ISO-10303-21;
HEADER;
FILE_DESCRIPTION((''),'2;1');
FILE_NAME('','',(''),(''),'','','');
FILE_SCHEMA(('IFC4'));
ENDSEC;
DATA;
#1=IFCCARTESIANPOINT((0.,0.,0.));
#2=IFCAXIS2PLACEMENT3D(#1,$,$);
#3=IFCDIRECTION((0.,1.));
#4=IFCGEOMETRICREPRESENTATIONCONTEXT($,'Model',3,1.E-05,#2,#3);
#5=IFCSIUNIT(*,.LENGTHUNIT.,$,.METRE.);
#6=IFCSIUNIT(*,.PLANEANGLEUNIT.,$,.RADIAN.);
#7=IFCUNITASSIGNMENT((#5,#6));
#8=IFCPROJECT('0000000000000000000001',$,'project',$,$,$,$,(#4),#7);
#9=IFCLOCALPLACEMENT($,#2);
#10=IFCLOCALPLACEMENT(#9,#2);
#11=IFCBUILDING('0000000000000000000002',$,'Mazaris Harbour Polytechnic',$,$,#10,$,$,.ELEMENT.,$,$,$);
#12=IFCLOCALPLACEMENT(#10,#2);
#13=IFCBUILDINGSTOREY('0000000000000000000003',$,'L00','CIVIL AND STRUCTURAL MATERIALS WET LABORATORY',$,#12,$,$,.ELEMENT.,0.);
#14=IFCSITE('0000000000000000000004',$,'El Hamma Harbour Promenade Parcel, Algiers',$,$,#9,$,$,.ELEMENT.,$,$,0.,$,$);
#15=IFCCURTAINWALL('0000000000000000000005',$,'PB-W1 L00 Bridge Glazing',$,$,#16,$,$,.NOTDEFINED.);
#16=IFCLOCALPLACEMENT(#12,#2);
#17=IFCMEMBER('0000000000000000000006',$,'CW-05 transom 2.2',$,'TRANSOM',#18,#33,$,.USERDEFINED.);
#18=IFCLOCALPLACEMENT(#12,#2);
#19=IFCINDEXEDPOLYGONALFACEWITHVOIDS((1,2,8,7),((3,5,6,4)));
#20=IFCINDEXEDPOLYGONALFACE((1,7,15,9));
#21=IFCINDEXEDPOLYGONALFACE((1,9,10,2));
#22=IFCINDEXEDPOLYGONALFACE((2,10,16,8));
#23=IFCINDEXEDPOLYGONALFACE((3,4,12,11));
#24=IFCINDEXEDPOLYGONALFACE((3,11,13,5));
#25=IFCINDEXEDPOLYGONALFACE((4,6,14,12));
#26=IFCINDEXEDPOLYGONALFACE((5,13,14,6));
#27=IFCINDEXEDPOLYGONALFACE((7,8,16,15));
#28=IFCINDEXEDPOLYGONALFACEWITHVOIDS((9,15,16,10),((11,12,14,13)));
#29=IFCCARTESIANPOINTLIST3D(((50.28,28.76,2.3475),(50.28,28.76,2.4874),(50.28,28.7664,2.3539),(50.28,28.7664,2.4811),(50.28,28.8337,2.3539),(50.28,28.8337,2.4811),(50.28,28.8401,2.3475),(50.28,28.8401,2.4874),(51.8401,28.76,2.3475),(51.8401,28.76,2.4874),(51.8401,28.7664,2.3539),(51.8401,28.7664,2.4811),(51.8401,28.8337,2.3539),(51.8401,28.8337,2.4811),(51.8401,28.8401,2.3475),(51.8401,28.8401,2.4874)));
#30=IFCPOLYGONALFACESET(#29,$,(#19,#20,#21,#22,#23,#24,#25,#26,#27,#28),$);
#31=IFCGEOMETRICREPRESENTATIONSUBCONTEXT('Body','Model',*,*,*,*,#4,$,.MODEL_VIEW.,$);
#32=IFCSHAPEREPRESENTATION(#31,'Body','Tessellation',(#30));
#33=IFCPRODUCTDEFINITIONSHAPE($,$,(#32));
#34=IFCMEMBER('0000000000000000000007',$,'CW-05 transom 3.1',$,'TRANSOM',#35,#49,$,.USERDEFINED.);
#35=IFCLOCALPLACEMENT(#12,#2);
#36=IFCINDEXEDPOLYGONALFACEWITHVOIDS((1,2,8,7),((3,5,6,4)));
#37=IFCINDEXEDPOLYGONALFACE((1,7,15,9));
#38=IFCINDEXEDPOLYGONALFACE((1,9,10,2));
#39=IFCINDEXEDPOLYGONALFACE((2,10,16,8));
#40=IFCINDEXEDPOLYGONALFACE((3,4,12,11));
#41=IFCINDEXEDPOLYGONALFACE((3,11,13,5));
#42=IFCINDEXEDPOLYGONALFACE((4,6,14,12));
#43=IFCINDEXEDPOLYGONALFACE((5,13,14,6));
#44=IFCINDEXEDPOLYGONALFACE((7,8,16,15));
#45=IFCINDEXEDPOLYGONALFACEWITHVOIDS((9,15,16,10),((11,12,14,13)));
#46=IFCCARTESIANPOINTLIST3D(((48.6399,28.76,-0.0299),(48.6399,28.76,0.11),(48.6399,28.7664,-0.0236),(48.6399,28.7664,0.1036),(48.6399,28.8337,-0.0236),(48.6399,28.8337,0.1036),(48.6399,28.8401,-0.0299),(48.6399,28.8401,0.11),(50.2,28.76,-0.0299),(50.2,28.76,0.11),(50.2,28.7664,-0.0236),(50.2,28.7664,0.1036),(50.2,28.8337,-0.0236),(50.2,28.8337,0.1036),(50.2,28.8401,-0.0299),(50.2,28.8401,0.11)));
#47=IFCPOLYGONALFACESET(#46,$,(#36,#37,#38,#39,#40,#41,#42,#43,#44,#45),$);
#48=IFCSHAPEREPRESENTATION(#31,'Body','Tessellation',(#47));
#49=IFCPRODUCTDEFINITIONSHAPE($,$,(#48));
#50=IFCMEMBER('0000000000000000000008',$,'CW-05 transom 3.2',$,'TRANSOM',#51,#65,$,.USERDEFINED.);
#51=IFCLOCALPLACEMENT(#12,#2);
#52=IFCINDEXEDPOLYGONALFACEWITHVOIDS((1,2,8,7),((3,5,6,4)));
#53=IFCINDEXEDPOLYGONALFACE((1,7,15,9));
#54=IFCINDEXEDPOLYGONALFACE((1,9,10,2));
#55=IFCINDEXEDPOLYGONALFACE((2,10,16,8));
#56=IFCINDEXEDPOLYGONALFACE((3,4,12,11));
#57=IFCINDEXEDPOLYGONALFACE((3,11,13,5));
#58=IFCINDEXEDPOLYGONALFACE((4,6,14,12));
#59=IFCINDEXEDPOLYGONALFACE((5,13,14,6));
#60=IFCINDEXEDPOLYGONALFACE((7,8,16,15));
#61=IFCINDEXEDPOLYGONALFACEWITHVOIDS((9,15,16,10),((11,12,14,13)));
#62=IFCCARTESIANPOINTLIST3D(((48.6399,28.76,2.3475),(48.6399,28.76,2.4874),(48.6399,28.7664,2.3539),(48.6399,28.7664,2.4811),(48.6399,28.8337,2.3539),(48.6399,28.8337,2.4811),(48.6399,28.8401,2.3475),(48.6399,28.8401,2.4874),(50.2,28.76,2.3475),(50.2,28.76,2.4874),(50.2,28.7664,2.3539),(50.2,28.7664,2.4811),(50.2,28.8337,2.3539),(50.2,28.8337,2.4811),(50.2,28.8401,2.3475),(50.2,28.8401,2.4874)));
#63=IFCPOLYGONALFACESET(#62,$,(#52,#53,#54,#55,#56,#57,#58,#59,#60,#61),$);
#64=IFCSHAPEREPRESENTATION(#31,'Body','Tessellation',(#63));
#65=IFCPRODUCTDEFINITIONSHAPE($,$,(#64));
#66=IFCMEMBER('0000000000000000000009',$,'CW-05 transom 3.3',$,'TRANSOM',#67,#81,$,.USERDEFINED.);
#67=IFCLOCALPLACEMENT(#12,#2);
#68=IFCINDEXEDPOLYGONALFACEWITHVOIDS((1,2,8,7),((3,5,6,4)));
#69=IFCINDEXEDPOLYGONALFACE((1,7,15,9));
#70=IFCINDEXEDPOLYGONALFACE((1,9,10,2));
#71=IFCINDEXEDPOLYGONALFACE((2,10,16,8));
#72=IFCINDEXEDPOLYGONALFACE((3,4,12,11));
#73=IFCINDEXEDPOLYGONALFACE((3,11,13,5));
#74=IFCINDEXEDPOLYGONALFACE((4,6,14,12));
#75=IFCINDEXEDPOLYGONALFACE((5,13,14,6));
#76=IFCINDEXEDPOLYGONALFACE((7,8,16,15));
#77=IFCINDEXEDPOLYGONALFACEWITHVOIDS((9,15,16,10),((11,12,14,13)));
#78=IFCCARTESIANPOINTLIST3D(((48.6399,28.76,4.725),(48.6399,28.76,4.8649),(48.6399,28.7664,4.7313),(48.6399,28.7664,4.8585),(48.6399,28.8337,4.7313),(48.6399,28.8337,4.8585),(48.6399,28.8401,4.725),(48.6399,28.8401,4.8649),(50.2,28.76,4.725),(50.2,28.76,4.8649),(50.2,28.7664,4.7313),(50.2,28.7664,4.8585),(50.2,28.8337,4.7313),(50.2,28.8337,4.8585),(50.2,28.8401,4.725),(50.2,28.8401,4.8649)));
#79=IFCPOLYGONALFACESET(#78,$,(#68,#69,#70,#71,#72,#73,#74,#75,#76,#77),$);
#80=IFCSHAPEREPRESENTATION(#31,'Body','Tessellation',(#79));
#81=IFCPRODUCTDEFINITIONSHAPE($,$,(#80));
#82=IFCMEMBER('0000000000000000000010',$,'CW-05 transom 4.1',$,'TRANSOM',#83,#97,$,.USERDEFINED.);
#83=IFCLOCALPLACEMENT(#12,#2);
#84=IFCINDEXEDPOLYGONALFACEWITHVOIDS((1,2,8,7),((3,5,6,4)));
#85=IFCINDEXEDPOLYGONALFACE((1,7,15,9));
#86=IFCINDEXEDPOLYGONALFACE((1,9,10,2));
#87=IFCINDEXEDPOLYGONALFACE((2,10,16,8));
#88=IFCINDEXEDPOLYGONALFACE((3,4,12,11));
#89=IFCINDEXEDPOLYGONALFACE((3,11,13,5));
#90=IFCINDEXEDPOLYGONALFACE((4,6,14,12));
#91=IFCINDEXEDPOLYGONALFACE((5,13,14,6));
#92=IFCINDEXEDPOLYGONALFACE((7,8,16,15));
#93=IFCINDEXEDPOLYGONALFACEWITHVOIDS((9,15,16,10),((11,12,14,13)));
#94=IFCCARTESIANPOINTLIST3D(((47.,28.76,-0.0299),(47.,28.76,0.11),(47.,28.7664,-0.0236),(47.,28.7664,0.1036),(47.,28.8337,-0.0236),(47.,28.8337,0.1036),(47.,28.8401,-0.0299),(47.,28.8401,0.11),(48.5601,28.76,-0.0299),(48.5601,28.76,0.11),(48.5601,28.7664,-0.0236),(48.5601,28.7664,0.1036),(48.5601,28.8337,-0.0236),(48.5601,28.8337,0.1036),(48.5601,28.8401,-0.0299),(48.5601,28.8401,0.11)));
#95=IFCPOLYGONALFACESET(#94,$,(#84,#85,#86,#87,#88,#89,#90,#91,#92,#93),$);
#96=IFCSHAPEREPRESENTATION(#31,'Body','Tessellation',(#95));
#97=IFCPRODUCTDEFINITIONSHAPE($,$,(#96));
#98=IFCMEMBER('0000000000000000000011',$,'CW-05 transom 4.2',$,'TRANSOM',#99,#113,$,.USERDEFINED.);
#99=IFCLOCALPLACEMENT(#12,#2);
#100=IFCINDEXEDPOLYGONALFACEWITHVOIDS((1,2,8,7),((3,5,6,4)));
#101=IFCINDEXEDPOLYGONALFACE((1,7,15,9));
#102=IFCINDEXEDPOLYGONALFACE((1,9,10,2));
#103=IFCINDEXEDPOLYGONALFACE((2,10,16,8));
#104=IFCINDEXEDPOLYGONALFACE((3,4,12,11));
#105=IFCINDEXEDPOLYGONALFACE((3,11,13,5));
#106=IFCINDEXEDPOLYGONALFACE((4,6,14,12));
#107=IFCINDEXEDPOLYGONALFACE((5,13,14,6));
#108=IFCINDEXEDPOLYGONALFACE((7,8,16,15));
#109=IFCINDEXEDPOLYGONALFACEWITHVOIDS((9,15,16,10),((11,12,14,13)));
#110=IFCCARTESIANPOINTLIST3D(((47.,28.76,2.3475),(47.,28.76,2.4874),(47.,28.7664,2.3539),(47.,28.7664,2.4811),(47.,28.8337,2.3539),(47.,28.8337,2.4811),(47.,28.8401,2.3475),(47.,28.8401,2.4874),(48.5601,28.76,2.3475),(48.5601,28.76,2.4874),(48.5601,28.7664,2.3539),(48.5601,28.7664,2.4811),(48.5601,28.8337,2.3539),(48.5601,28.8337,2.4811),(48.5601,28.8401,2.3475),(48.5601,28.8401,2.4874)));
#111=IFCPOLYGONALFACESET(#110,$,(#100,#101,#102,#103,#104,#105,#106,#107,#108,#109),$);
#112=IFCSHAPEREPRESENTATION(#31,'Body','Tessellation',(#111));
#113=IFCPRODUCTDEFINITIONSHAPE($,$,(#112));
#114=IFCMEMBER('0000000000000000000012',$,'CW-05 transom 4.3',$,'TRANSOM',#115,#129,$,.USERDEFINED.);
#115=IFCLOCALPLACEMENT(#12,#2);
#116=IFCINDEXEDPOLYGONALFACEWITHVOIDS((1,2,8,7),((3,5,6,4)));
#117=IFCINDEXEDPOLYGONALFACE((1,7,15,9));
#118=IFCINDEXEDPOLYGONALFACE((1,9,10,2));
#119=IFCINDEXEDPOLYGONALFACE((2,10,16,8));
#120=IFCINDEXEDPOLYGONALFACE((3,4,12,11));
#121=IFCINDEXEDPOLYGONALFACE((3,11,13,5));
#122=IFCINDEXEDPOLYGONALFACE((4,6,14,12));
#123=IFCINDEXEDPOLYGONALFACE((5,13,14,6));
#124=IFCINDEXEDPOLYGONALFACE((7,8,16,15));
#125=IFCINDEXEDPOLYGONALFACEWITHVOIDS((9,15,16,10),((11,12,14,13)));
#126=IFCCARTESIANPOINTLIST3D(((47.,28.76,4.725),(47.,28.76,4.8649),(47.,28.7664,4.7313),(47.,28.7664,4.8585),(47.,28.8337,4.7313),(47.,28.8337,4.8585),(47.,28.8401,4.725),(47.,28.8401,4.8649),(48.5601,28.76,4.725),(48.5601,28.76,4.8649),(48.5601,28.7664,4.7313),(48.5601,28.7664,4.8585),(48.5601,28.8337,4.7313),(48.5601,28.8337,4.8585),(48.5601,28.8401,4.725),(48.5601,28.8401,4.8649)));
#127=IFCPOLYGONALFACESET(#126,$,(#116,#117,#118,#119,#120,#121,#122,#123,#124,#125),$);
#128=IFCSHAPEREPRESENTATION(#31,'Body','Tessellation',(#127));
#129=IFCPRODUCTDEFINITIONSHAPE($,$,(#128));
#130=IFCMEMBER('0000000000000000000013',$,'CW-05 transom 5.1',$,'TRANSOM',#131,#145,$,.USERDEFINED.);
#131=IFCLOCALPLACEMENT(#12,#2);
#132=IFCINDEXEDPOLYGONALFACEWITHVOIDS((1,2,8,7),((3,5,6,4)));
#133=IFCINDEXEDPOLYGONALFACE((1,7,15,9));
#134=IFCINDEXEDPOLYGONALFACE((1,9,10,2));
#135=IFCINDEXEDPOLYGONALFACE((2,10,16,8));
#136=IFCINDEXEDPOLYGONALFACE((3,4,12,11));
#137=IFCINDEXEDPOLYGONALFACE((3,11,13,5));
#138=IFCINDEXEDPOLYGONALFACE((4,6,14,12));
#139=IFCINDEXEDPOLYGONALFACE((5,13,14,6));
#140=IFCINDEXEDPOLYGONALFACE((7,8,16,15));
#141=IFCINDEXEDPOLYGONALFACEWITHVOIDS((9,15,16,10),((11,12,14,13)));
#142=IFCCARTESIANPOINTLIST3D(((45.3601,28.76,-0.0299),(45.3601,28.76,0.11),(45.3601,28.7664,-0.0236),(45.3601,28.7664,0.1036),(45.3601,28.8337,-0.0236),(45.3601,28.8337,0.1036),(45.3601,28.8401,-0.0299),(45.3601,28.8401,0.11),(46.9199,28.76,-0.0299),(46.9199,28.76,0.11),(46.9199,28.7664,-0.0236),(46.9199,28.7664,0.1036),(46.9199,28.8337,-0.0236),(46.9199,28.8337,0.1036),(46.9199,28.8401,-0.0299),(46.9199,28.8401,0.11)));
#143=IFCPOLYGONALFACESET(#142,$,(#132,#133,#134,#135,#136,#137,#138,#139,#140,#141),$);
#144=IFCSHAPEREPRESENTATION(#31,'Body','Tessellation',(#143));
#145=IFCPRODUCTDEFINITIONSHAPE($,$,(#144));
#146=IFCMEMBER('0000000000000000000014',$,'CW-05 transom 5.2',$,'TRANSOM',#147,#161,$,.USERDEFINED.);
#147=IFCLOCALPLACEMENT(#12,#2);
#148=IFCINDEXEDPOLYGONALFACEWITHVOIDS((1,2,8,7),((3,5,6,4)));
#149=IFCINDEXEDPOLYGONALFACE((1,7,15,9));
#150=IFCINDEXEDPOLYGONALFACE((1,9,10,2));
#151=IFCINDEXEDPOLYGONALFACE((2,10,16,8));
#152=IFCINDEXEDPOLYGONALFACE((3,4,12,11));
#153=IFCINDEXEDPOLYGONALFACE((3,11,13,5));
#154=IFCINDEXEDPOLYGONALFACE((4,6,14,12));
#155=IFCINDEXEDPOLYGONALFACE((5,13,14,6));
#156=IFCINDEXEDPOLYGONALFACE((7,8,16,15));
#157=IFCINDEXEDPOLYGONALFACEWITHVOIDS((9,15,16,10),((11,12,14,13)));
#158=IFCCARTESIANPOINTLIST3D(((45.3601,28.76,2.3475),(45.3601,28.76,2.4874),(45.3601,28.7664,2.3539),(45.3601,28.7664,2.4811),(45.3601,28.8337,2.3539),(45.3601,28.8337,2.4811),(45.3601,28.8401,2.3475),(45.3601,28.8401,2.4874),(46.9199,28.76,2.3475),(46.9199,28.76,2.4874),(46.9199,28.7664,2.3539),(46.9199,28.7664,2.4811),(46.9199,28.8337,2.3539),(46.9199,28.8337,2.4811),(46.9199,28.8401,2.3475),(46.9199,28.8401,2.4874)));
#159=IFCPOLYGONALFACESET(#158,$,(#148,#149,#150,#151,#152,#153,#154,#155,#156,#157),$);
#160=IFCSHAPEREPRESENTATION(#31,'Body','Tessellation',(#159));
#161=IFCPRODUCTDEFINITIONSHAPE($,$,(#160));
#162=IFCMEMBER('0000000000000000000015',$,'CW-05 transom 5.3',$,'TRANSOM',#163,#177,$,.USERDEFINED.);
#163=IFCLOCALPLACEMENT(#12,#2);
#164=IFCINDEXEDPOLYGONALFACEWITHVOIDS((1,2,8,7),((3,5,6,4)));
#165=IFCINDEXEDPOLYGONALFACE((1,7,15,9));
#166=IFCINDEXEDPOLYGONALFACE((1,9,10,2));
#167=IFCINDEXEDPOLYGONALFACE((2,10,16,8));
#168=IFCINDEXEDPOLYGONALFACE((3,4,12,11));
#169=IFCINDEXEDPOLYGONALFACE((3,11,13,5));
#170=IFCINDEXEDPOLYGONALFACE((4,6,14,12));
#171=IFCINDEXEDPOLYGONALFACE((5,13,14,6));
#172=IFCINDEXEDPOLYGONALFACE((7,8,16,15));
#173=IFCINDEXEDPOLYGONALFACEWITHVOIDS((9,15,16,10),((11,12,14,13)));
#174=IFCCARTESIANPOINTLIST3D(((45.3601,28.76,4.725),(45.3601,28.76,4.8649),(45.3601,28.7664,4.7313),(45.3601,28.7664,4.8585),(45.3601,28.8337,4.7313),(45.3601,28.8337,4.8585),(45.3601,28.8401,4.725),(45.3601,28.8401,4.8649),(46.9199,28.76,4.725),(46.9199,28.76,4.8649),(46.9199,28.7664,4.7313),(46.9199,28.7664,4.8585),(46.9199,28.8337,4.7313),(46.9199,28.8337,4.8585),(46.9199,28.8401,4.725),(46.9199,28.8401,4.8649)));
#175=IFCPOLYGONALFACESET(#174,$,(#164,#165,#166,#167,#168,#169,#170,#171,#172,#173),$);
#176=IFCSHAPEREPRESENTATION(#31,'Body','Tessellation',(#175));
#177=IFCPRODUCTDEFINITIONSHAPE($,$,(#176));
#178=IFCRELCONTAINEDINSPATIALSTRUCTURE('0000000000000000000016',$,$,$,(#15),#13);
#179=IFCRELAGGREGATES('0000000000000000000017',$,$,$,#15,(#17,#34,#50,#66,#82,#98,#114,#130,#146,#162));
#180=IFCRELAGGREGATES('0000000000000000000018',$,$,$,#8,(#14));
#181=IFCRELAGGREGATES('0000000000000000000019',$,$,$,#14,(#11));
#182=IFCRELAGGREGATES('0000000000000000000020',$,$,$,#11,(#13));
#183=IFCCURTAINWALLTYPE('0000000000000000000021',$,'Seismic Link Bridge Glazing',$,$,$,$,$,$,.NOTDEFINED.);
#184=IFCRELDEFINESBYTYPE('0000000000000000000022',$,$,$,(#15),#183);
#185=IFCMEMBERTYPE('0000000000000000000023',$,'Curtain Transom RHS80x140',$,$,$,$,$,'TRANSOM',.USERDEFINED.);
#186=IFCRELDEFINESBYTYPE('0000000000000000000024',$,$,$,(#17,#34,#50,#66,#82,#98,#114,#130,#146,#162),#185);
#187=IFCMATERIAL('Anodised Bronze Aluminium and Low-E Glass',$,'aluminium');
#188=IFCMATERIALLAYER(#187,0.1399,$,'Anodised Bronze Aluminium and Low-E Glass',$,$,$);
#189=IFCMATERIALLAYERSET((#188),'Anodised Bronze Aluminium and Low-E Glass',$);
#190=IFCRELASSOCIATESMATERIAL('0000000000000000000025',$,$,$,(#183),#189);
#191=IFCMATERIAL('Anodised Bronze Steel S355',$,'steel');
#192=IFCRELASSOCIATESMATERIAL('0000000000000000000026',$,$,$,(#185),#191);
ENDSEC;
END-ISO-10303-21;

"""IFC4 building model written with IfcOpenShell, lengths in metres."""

from ifc_helpers import new_model, si_unit, direction, frame, origin, origin_2d, place, context, subcontext, project, spatial, hollow_rectangle, extrude, material, layer, layer_set, material_profile, profile_set, type_object, element, aggregate, save


model = new_model("IFC4")

# Units and contexts
model_context = context("Model", 3, precision=1e-05, world=origin(), true_north=direction((0.0, 1.0)))
body_context = subcontext(model_context, "Body", "Model", "MODEL_VIEW")
ifc_project = project(units=[si_unit("LENGTHUNIT", "METRE"), si_unit("PLANEANGLEUNIT", "RADIAN")], contexts=[model_context])

# Site, building, storey
site_placement = place(None, origin())
site = spatial("IfcSite", under=ifc_project, at=site_placement, Name="El Hamma Harbour Promenade Parcel, Algiers", CompositionType="ELEMENT", RefElevation=0.0)
building_placement = place(site_placement, origin())
building = spatial("IfcBuilding", under=site, at=building_placement, Name="Mazaris Harbour Polytechnic", CompositionType="ELEMENT")
storey_placement = place(building_placement, origin())
storey = spatial("IfcBuildingStorey", under=building, at=storey_placement, Name="L00", Description="CIVIL AND STRUCTURAL MATERIALS WET LABORATORY", CompositionType="ELEMENT", Elevation=0.0)

# Curtain wall, members
ifc_material_1 = material(Name="Anodised Bronze Aluminium and Low-E Glass", Category="aluminium")
ifc_layer_1 = layer(ifc_material_1, 0.1399, Name="Anodised Bronze Aluminium and Low-E Glass")
ifc_layer_set_1 = layer_set([ifc_layer_1], Name="Anodised Bronze Aluminium and Low-E Glass")
curtain_wall_type = type_object("IfcCurtainWallType", Name="Seismic Link Bridge Glazing", PredefinedType="NOTDEFINED", material=ifc_layer_set_1)
curtain_wall_placement = place(storey_placement, origin())
curtain_wall = element("IfcCurtainWall", 1, at=curtain_wall_placement, inside=storey, type_object=curtain_wall_type, Name="PB-W1 L00 Bridge Glazing", PredefinedType="NOTDEFINED")
ifc_material_2 = material(Name="Anodised Bronze Steel S355", Category="steel")
ifc_material_profile_1 = material_profile(ifc_material_2, hollow_rectangle(XDim=0.0801, YDim=0.1399, WallThickness=0.0063, at=origin_2d()), Name="RHS 80x140x6.3")
ifc_profile_set_1 = profile_set([ifc_material_profile_1], Name="Anodised Bronze Steel S355")
member_type_1 = type_object("IfcMemberType", Name="Curtain Transom RHS80x140", ElementType="TRANSOM", PredefinedType="USERDEFINED", material=ifc_profile_set_1)
member_1_placement = place(storey_placement, frame((51.8401, 28.8, 2.4175), z_axis=(-1.0, 0.0, 0.0), x_axis=(0.0, -1.0, 0.0)))
member_1 = element("IfcMember", 2, at=member_1_placement, type_object=member_type_1, Name="CW-05 transom 2.2", ObjectType="TRANSOM", PredefinedType="USERDEFINED", context=body_context, shape_type="SweptSolid", body=[
    extrude(hollow_rectangle(XDim=0.0801, YDim=0.1399, WallThickness=0.0063, at=origin_2d()), origin(), (0.0, 0.0, 1.0), 1.5601),
])
member_2_placement = place(storey_placement, frame((50.2, 28.8, 0.04), z_axis=(-1.0, 0.0, 0.0), x_axis=(0.0, -1.0, 0.0)))
member_2 = element("IfcMember", 3, at=member_2_placement, type_object=member_type_1, Name="CW-05 transom 3.1", ObjectType="TRANSOM", PredefinedType="USERDEFINED", context=body_context, shape_type="SweptSolid", body=[
    extrude(hollow_rectangle(XDim=0.0801, YDim=0.1399, WallThickness=0.0063, at=origin_2d()), origin(), (0.0, 0.0, 1.0), 1.5601),
])
member_3_placement = place(storey_placement, frame((50.2, 28.8, 2.4175), z_axis=(-1.0, 0.0, 0.0), x_axis=(0.0, -1.0, 0.0)))
member_3 = element("IfcMember", 4, at=member_3_placement, type_object=member_type_1, Name="CW-05 transom 3.2", ObjectType="TRANSOM", PredefinedType="USERDEFINED", context=body_context, shape_type="SweptSolid", body=[
    extrude(hollow_rectangle(XDim=0.0801, YDim=0.1399, WallThickness=0.0063, at=origin_2d()), origin(), (0.0, 0.0, 1.0), 1.5601),
])
member_4_placement = place(storey_placement, frame((50.2, 28.8, 4.7949), z_axis=(-1.0, 0.0, 0.0), x_axis=(0.0, -1.0, 0.0)))
member_4 = element("IfcMember", 5, at=member_4_placement, type_object=member_type_1, Name="CW-05 transom 3.3", ObjectType="TRANSOM", PredefinedType="USERDEFINED", context=body_context, shape_type="SweptSolid", body=[
    extrude(hollow_rectangle(XDim=0.0801, YDim=0.1399, WallThickness=0.0063, at=origin_2d()), origin(), (0.0, 0.0, 1.0), 1.5601),
])
member_5_placement = place(storey_placement, frame((48.5601, 28.8, 0.04), z_axis=(-1.0, 0.0, 0.0), x_axis=(0.0, -1.0, 0.0)))
member_5 = element("IfcMember", 6, at=member_5_placement, type_object=member_type_1, Name="CW-05 transom 4.1", ObjectType="TRANSOM", PredefinedType="USERDEFINED", context=body_context, shape_type="SweptSolid", body=[
    extrude(hollow_rectangle(XDim=0.0801, YDim=0.1399, WallThickness=0.0063, at=origin_2d()), origin(), (0.0, 0.0, 1.0), 1.5601),
])
member_6_placement = place(storey_placement, frame((48.5601, 28.8, 2.4175), z_axis=(-1.0, 0.0, 0.0), x_axis=(0.0, -1.0, 0.0)))
member_6 = element("IfcMember", 7, at=member_6_placement, type_object=member_type_1, Name="CW-05 transom 4.2", ObjectType="TRANSOM", PredefinedType="USERDEFINED", context=body_context, shape_type="SweptSolid", body=[
    extrude(hollow_rectangle(XDim=0.0801, YDim=0.1399, WallThickness=0.0063, at=origin_2d()), origin(), (0.0, 0.0, 1.0), 1.5601),
])
member_7_placement = place(storey_placement, frame((48.5601, 28.8, 4.7949), z_axis=(-1.0, 0.0, 0.0), x_axis=(0.0, -1.0, 0.0)))
member_7 = element("IfcMember", 8, at=member_7_placement, type_object=member_type_1, Name="CW-05 transom 4.3", ObjectType="TRANSOM", PredefinedType="USERDEFINED", context=body_context, shape_type="SweptSolid", body=[
    extrude(hollow_rectangle(XDim=0.0801, YDim=0.1399, WallThickness=0.0063, at=origin_2d()), origin(), (0.0, 0.0, 1.0), 1.5601),
])
member_8_placement = place(storey_placement, frame((46.9199, 28.8, 0.04), z_axis=(-1.0, 0.0, 0.0), x_axis=(0.0, -1.0, 0.0)))
member_8 = element("IfcMember", 9, at=member_8_placement, type_object=member_type_1, Name="CW-05 transom 5.1", ObjectType="TRANSOM", PredefinedType="USERDEFINED", context=body_context, shape_type="SweptSolid", body=[
    extrude(hollow_rectangle(XDim=0.0801, YDim=0.1399, WallThickness=0.0063, at=origin_2d()), origin(), (0.0, 0.0, 1.0), 1.5598),
])
member_9_placement = place(storey_placement, frame((46.9199, 28.8, 2.4175), z_axis=(-1.0, 0.0, 0.0), x_axis=(0.0, -1.0, 0.0)))
member_9 = element("IfcMember", 10, at=member_9_placement, type_object=member_type_1, Name="CW-05 transom 5.2", ObjectType="TRANSOM", PredefinedType="USERDEFINED", context=body_context, shape_type="SweptSolid", body=[
    extrude(hollow_rectangle(XDim=0.0801, YDim=0.1399, WallThickness=0.0063, at=origin_2d()), origin(), (0.0, 0.0, 1.0), 1.5598),
])
member_10_placement = place(storey_placement, frame((46.9199, 28.8, 4.7949), z_axis=(-1.0, 0.0, 0.0), x_axis=(0.0, -1.0, 0.0)))
member_10 = element("IfcMember", 11, at=member_10_placement, type_object=member_type_1, Name="CW-05 transom 5.3", ObjectType="TRANSOM", PredefinedType="USERDEFINED", context=body_context, shape_type="SweptSolid", body=[
    extrude(hollow_rectangle(XDim=0.0801, YDim=0.1399, WallThickness=0.0063, at=origin_2d()), origin(), (0.0, 0.0, 1.0), 1.5598),
])

aggregate(curtain_wall, [member_1, member_2, member_3, member_4, member_5, member_6, member_7, member_8, member_9, member_10])

save(model, "model.ifc")
